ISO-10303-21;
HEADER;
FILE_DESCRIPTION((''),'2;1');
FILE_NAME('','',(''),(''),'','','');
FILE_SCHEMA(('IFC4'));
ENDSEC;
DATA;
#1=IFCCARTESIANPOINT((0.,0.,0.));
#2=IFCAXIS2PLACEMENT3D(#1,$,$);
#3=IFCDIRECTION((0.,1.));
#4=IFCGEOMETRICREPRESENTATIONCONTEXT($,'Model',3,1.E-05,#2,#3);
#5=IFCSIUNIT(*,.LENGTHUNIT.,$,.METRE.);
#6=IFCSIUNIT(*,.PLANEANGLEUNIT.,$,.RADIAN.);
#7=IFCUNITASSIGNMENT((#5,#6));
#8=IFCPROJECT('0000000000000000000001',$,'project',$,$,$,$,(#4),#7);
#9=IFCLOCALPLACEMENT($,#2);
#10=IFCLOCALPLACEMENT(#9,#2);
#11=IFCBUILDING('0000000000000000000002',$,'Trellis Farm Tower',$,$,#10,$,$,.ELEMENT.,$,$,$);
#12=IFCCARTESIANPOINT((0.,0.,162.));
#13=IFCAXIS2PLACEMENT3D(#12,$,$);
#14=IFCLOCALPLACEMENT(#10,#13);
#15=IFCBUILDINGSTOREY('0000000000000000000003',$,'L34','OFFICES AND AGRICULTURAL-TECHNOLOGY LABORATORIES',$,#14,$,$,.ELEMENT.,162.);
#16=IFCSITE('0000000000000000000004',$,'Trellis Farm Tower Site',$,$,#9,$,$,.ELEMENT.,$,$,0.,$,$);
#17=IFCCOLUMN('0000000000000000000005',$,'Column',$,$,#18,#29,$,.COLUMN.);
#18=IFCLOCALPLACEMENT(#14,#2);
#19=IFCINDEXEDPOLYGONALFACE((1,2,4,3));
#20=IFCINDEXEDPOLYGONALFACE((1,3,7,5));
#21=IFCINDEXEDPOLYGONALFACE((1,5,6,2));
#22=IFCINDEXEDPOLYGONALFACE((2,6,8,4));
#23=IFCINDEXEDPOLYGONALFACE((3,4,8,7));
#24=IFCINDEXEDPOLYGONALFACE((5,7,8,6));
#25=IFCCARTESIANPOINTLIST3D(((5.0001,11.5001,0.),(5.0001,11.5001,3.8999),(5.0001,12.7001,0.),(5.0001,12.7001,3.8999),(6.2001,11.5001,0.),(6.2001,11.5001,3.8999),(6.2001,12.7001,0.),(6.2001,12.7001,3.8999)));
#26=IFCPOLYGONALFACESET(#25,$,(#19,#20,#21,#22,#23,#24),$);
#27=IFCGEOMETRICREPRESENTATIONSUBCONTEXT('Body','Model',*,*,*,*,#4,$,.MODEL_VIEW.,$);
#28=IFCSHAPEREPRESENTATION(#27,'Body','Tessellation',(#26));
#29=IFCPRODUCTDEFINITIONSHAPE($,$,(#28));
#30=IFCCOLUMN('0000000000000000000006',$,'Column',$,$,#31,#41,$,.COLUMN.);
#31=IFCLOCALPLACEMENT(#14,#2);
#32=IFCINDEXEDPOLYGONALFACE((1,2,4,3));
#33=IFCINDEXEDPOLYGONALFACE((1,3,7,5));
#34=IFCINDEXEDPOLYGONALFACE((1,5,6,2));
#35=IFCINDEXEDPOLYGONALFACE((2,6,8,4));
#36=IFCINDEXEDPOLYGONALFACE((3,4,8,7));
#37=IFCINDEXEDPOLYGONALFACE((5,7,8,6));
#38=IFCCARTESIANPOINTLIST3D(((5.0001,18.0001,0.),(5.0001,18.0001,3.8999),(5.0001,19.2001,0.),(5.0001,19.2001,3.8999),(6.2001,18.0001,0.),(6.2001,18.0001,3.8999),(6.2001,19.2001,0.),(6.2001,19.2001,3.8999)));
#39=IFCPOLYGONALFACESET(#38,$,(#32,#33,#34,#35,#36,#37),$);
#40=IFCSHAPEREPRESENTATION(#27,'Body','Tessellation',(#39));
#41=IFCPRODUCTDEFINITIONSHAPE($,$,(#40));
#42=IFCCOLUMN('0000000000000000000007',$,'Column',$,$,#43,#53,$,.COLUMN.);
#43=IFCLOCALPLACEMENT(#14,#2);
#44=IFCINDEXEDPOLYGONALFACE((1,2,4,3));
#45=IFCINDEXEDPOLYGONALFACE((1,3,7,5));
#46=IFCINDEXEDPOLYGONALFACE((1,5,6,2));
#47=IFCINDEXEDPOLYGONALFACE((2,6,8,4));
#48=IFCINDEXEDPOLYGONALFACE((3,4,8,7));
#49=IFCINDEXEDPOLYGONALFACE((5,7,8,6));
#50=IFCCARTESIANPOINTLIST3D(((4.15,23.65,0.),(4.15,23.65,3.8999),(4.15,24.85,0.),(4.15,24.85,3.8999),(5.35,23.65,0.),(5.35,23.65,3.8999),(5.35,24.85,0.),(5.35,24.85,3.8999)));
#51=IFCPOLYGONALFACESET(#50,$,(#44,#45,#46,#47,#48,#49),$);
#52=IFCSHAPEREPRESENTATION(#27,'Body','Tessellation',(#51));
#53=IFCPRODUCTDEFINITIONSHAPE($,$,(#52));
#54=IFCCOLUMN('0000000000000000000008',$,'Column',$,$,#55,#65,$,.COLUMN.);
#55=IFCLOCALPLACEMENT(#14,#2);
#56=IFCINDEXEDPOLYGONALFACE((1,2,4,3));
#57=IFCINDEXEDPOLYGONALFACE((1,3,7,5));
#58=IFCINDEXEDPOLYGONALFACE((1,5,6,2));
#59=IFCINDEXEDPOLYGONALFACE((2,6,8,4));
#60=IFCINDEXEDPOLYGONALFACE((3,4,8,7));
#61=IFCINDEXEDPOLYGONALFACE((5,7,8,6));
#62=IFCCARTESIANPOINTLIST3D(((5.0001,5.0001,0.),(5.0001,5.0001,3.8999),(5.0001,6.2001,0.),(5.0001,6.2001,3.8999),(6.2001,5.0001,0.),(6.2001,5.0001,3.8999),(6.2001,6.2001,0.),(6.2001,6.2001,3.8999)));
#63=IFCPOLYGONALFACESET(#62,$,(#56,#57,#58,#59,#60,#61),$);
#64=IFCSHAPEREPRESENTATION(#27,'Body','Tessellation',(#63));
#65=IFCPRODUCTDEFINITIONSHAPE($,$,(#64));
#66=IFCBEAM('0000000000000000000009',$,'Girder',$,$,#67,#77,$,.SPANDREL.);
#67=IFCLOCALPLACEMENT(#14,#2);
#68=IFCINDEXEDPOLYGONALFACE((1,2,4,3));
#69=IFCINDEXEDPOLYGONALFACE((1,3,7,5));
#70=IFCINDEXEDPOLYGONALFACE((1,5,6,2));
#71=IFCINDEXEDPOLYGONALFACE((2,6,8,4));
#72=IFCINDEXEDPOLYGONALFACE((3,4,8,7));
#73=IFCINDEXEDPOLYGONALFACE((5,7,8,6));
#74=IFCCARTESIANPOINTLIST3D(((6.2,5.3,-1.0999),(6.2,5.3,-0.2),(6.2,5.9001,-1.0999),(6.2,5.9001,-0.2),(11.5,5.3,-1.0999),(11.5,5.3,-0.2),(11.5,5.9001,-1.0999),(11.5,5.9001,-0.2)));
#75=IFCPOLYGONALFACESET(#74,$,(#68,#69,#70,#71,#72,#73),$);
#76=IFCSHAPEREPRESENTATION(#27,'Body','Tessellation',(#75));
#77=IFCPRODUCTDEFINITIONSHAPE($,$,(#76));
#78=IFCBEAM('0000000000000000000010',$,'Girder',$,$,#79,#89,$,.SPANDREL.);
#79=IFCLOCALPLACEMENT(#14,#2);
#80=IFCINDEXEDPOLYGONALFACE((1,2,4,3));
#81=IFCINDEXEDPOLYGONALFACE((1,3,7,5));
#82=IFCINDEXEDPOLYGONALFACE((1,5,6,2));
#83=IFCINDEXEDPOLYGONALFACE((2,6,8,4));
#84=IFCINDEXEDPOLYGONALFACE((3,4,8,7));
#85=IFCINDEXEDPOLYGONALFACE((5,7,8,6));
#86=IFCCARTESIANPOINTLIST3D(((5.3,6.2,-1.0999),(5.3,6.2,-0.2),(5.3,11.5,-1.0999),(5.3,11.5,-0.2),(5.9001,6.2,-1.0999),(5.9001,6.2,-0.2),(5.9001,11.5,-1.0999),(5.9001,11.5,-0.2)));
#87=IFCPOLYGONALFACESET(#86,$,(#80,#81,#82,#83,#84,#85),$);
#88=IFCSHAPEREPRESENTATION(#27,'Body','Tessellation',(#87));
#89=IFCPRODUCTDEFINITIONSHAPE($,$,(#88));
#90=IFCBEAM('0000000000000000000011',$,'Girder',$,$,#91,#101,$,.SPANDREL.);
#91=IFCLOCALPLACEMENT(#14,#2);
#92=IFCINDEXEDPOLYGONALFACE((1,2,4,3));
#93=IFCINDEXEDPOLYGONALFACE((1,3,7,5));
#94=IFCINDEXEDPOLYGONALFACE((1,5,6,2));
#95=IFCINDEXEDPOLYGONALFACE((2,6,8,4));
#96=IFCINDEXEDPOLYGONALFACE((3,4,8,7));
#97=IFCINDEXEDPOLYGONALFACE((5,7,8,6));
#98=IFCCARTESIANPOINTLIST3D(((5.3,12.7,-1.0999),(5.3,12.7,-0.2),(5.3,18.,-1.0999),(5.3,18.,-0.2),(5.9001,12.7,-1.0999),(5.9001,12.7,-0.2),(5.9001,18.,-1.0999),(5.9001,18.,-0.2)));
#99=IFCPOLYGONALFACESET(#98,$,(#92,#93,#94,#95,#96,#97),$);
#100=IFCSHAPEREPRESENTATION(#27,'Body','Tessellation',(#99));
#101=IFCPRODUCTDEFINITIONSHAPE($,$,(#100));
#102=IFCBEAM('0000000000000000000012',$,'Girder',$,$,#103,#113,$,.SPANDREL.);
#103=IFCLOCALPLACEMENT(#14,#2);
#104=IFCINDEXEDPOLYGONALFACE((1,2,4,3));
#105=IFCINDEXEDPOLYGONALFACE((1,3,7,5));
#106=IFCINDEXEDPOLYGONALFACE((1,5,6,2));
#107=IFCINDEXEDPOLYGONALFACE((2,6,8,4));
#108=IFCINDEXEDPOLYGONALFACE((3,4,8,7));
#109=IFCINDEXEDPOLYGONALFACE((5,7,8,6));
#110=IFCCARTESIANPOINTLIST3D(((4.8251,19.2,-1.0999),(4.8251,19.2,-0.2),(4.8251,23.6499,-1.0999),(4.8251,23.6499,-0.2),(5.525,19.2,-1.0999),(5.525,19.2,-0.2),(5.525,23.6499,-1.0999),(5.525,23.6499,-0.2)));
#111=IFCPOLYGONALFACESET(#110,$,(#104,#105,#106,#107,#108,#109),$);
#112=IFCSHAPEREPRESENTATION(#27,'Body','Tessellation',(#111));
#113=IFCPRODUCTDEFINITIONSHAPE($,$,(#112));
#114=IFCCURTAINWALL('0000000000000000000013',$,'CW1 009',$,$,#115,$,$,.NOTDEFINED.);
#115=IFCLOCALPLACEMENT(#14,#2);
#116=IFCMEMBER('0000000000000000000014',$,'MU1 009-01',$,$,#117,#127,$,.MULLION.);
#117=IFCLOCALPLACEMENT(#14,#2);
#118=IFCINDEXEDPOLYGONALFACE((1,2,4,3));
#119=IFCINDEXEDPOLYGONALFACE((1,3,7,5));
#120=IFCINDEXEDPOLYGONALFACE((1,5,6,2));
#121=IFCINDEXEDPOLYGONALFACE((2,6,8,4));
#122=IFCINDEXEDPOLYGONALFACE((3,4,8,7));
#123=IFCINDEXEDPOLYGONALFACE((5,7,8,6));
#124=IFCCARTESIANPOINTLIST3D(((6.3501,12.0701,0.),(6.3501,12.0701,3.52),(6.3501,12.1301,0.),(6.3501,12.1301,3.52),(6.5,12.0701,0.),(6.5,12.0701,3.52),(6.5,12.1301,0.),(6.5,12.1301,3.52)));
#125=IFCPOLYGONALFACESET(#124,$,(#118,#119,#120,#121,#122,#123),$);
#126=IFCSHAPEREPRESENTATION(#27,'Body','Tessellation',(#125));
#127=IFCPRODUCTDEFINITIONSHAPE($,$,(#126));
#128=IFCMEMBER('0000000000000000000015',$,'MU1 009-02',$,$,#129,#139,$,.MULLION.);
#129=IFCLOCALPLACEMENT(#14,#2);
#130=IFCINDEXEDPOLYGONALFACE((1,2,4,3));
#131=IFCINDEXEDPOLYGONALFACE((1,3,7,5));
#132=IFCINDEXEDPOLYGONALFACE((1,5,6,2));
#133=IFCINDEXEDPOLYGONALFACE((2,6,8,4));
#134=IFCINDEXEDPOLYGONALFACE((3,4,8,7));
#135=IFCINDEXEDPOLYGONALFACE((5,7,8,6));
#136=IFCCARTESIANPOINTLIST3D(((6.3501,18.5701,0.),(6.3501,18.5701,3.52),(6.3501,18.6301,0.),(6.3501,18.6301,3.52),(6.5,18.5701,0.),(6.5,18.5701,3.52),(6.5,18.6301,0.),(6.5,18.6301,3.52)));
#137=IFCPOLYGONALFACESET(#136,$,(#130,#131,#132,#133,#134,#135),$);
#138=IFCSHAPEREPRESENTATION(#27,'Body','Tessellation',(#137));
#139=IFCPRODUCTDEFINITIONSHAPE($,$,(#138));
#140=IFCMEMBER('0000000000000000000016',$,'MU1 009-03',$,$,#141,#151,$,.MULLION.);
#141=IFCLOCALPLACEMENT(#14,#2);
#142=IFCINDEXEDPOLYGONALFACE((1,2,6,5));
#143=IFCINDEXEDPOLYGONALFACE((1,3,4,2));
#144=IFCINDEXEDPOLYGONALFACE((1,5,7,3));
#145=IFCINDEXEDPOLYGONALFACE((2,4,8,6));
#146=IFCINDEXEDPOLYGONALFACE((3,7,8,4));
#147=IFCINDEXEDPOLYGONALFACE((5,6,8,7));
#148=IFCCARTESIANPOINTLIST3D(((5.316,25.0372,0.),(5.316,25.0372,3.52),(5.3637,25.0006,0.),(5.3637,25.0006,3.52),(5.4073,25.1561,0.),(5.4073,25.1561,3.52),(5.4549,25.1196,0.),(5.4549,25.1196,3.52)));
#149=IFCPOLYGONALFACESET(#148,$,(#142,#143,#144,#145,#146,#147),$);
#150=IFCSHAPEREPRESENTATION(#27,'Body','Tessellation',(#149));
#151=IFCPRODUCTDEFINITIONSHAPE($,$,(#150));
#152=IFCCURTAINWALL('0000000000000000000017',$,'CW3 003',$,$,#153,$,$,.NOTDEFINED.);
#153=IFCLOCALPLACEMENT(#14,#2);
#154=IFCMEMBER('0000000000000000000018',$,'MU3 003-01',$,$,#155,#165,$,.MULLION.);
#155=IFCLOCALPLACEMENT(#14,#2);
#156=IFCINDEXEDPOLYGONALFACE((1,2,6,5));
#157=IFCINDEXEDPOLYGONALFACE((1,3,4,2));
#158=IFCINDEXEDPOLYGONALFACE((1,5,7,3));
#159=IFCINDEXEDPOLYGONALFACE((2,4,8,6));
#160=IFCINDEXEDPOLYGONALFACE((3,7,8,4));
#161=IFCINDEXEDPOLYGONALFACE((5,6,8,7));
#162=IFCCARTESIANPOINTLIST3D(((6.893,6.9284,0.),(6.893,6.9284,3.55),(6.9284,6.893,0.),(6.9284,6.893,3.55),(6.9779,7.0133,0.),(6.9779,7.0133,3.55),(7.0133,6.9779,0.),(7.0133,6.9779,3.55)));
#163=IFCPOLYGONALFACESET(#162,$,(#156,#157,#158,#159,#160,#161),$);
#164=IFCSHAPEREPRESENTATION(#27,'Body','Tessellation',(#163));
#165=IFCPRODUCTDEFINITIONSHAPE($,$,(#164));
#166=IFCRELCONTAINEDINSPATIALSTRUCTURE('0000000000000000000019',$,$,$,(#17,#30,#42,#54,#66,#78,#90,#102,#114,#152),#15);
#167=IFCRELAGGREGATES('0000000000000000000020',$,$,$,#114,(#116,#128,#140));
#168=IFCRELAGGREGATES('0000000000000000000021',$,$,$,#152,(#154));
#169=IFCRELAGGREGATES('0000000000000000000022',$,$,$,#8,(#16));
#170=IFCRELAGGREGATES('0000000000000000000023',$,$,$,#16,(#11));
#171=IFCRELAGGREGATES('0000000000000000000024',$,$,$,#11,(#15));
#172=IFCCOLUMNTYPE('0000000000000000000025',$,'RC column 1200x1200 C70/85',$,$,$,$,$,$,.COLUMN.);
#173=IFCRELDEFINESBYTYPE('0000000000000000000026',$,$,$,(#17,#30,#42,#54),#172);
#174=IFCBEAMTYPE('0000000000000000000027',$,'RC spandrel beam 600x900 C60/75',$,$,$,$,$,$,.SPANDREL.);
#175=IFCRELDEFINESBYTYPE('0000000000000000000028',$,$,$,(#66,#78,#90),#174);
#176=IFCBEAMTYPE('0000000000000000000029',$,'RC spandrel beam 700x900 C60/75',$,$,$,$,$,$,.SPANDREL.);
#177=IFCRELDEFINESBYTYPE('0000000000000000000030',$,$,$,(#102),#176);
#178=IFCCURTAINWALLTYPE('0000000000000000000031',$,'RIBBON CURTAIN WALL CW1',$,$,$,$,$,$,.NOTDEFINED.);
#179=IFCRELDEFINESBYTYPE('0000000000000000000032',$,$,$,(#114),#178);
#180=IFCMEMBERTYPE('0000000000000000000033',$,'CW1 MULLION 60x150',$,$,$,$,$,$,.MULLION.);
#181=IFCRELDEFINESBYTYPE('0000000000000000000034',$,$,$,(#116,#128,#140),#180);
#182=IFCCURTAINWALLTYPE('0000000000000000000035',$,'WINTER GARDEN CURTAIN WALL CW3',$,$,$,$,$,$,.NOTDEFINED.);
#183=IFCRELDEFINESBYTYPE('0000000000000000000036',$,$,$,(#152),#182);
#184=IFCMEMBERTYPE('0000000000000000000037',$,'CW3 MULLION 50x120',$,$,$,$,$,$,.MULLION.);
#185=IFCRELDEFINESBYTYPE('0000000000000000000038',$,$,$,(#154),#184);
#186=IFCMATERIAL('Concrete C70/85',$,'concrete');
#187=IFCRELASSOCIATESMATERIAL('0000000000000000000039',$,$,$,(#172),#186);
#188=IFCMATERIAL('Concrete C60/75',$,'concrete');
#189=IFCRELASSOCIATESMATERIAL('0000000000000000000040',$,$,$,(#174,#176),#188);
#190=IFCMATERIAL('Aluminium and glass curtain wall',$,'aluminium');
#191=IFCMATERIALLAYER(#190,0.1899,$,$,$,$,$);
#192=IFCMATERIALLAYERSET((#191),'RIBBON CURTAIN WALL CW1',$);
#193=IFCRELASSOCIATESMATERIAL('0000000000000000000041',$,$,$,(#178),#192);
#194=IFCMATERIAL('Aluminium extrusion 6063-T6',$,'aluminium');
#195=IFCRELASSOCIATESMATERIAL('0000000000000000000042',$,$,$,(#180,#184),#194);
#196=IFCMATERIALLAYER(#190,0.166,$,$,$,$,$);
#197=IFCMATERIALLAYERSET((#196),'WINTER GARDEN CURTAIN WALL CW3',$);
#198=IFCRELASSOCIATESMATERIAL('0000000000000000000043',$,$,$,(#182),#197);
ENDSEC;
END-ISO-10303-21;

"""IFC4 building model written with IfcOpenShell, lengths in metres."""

from ifc_helpers import new_model, si_unit, direction, frame, origin, origin_2d, place, context, subcontext, project, spatial, rectangle, extrude, source, transform, mapped, material, layer, layer_set, material_profile, profile_set, type_object, element, aggregate, save


model = new_model("IFC4")

# Units and contexts
model_context = context("Model", 3, precision=1e-05, world=origin(), true_north=direction((0.0, 1.0)))
body_context = subcontext(model_context, "Body", "Model", "MODEL_VIEW")
ifc_project = project(units=[si_unit("LENGTHUNIT", "METRE"), si_unit("PLANEANGLEUNIT", "RADIAN")], contexts=[model_context])

# Site, building, storey
site_placement = place(None, origin())
site = spatial("IfcSite", under=ifc_project, at=site_placement, Name="Trellis Farm Tower Site", CompositionType="ELEMENT", RefElevation=0.0)
building_placement = place(site_placement, origin())
building = spatial("IfcBuilding", under=site, at=building_placement, Name="Trellis Farm Tower", CompositionType="ELEMENT")
storey_placement = place(building_placement, frame((0.0, 0.0, 162.0)))
storey = spatial("IfcBuildingStorey", under=building, at=storey_placement, Name="L34", Description="OFFICES AND AGRICULTURAL-TECHNOLOGY LABORATORIES", CompositionType="ELEMENT", Elevation=162.0)

# Columns
ifc_material_1 = material(Name="Concrete C70/85", Category="concrete")
ifc_material_profile_1 = material_profile(ifc_material_1, rectangle(XDim=1.2, YDim=1.2, at=origin_2d()), Name="RC column 1200x1200 C70/85")
ifc_profile_set_1 = profile_set([ifc_material_profile_1], Name="Concrete C70/85")
column_type = type_object("IfcColumnType", Name="RC column 1200x1200 C70/85", PredefinedType="COLUMN", material=ifc_profile_set_1)
shared_shape_1 = source(origin(), body_context, "Body", "SweptSolid", [
    extrude(rectangle(XDim=1.2, YDim=1.2, at=origin_2d()), origin(), (0.0, 0.0, 1.0), 3.8999),
])
for number, where, z_axis, x_axis, name in (
    (1, (5.6001, 12.1001, 0.0), (0.0, 0.0, 1.0), (1.0, 0.0, 0.0), "Column"),
    (2, (5.6001, 18.6001, 0.0), (0.0, 0.0, 1.0), (1.0, 0.0, 0.0), "Column"),
    (3, (4.75, 24.25, 0.0), (0.0, 0.0, 1.0), (1.0, 0.0, 0.0), "Column"),
    (4, (5.6001, 5.6001, 0.0), (0.0, 0.0, 1.0), (1.0, 0.0, 0.0), "Column"),
):
    element("IfcColumn", number, at=place(storey_placement, frame(where, z_axis=z_axis, x_axis=x_axis)), inside=storey, type_object=column_type, Name=name, PredefinedType="COLUMN", context=body_context, shape_type="MappedRepresentation", body=[
        mapped(shared_shape_1, transform((0.0, 0.0, 0.0))),
    ])

# Beams
ifc_material_2 = material(Name="Concrete C60/75", Category="concrete")
ifc_material_profile_2 = material_profile(ifc_material_2, rectangle(XDim=0.6001, YDim=0.8999, at=origin_2d()), Name="RC spandrel beam 600x900 C60/75")
ifc_profile_set_2 = profile_set([ifc_material_profile_2], Name="Concrete C60/75")
beam_type_1 = type_object("IfcBeamType", Name="RC spandrel beam 600x900 C60/75", PredefinedType="SPANDREL", material=ifc_profile_set_2)
shared_shape_2 = source(origin(), body_context, "Body", "SweptSolid", [
    extrude(rectangle(XDim=0.6001, YDim=0.8999, at=origin_2d()), origin(), (0.0, 0.0, 1.0), 5.3),
])
for number, where, z_axis, x_axis, name in (
    (5, (6.2, 5.6001, -0.6499), (1.0, 0.0, 0.0), (0.0, 1.0, 0.0), "Girder"),
    (6, (5.6001, 6.2, -0.6499), (0.0, 1.0, 0.0), (-1.0, 0.0, 0.0), "Girder"),
    (7, (5.6001, 12.7, -0.6499), (0.0, 1.0, 0.0), (-1.0, 0.0, 0.0), "Girder"),
):
    element("IfcBeam", number, at=place(storey_placement, frame(where, z_axis=z_axis, x_axis=x_axis)), inside=storey, type_object=beam_type_1, Name=name, PredefinedType="SPANDREL", context=body_context, shape_type="MappedRepresentation", body=[
        mapped(shared_shape_2, transform((0.0, 0.0, 0.0))),
    ])
ifc_material_profile_3 = material_profile(ifc_material_2, rectangle(XDim=0.7, YDim=0.8999, at=origin_2d()), Name="RC spandrel beam 700x900 C60/75")
ifc_profile_set_3 = profile_set([ifc_material_profile_3], Name="Concrete C60/75")
beam_type_2 = type_object("IfcBeamType", Name="RC spandrel beam 700x900 C60/75", PredefinedType="SPANDREL", material=ifc_profile_set_3)
shared_shape_3 = source(origin(), body_context, "Body", "SweptSolid", [
    extrude(rectangle(XDim=0.7, YDim=0.8999, at=origin_2d()), origin(), (0.0, 0.0, 1.0), 4.45),
])
beam_placement = place(storey_placement, frame((5.175, 19.2, -0.6499), z_axis=(0.0, 1.0, 0.0), x_axis=(-1.0, 0.0, 0.0)))
element("IfcBeam", 8, at=beam_placement, inside=storey, type_object=beam_type_2, Name="Girder", PredefinedType="SPANDREL", context=body_context, shape_type="MappedRepresentation", body=[
    mapped(shared_shape_3, transform((0.0, 0.0, 0.0))),
])

# Curtain wall, members
ifc_material_3 = material(Name="Aluminium and glass curtain wall", Category="aluminium")
ifc_layer_1 = layer(ifc_material_3, 0.1899)
ifc_layer_set_1 = layer_set([ifc_layer_1], Name="RIBBON CURTAIN WALL CW1")
curtain_wall_type_1 = type_object("IfcCurtainWallType", Name="RIBBON CURTAIN WALL CW1", PredefinedType="NOTDEFINED", material=ifc_layer_set_1)
placement = place(storey_placement, origin())
curtain_wall_1 = element("IfcCurtainWall", 9, at=placement, inside=storey, type_object=curtain_wall_type_1, Name="CW1 009", PredefinedType="NOTDEFINED")
ifc_material_4 = material(Name="Aluminium extrusion 6063-T6", Category="aluminium")
ifc_material_profile_4 = material_profile(ifc_material_4, rectangle(XDim=0.0601, YDim=0.1499, at=origin_2d()), Name="MULLION 60x150")
ifc_profile_set_4 = profile_set([ifc_material_profile_4], Name="Aluminium extrusion 6063-T6")
member_type_1 = type_object("IfcMemberType", Name="CW1 MULLION 60x150", PredefinedType="MULLION", material=ifc_profile_set_4)
shared_shape_4 = source(origin(), body_context, "Body", "SweptSolid", [
    extrude(rectangle(XDim=0.0601, YDim=0.1499, at=origin_2d()), origin(), (0.0, 0.0, 1.0), 3.52),
])
member_1_placement = place(storey_placement, frame((6.425, 12.1001, 0.0), z_axis=(0.0, 0.0, 1.0), x_axis=(0.0, 1.0, 0.0)))
member_1 = element("IfcMember", 10, at=member_1_placement, type_object=member_type_1, Name="MU1 009-01", PredefinedType="MULLION", context=body_context, shape_type="MappedRepresentation", body=[
    mapped(shared_shape_4, transform((0.0, 0.0, 0.0))),
])
member_2_placement = place(storey_placement, frame((6.425, 18.6001, 0.0), z_axis=(0.0, 0.0, 1.0), x_axis=(0.0, 1.0, 0.0)))
member_2 = element("IfcMember", 11, at=member_2_placement, type_object=member_type_1, Name="MU1 009-02", PredefinedType="MULLION", context=body_context, shape_type="MappedRepresentation", body=[
    mapped(shared_shape_4, transform((0.0, 0.0, 0.0))),
])
member_3_placement = place(storey_placement, frame((5.3855, 25.0784, 0.0), z_axis=(0.0, 0.0, 1.0), x_axis=(-0.793353, 0.608761, 0.0)))
member_3 = element("IfcMember", 12, at=member_3_placement, type_object=member_type_1, Name="MU1 009-03", PredefinedType="MULLION", context=body_context, shape_type="MappedRepresentation", body=[
    mapped(shared_shape_4, transform((0.0, 0.0, 0.0))),
])
aggregate(curtain_wall_1, [member_1, member_2, member_3])

# Curtain wall, member
ifc_layer_2 = layer(ifc_material_3, 0.166)
ifc_layer_set_2 = layer_set([ifc_layer_2], Name="WINTER GARDEN CURTAIN WALL CW3")
curtain_wall_type_2 = type_object("IfcCurtainWallType", Name="WINTER GARDEN CURTAIN WALL CW3", PredefinedType="NOTDEFINED", material=ifc_layer_set_2)
curtain_wall_2 = element("IfcCurtainWall", 13, at=placement, inside=storey, type_object=curtain_wall_type_2, Name="CW3 003", PredefinedType="NOTDEFINED")
ifc_material_profile_5 = material_profile(ifc_material_4, rectangle(XDim=0.05, YDim=0.1201, at=origin_2d()), Name="MULLION 50x120")
ifc_profile_set_5 = profile_set([ifc_material_profile_5], Name="Aluminium extrusion 6063-T6")
member_type_2 = type_object("IfcMemberType", Name="CW3 MULLION 50x120", PredefinedType="MULLION", material=ifc_profile_set_5)
shared_shape_5 = source(origin(), body_context, "Body", "SweptSolid", [
    extrude(rectangle(XDim=0.05, YDim=0.1201, at=origin_2d()), origin(), (0.0, 0.0, 1.0), 3.55),
])
member_4_placement = place(storey_placement, frame((6.9531, 6.9531, 0.0), z_axis=(0.0, 0.0, 1.0), x_axis=(-0.707107, 0.707107, 0.0)))
member_4 = element("IfcMember", 14, at=member_4_placement, type_object=member_type_2, Name="MU3 003-01", PredefinedType="MULLION", context=body_context, shape_type="MappedRepresentation", body=[
    mapped(shared_shape_5, transform((0.0, 0.0, 0.0))),
])
aggregate(curtain_wall_2, [member_4])

save(model, "model.ifc")
